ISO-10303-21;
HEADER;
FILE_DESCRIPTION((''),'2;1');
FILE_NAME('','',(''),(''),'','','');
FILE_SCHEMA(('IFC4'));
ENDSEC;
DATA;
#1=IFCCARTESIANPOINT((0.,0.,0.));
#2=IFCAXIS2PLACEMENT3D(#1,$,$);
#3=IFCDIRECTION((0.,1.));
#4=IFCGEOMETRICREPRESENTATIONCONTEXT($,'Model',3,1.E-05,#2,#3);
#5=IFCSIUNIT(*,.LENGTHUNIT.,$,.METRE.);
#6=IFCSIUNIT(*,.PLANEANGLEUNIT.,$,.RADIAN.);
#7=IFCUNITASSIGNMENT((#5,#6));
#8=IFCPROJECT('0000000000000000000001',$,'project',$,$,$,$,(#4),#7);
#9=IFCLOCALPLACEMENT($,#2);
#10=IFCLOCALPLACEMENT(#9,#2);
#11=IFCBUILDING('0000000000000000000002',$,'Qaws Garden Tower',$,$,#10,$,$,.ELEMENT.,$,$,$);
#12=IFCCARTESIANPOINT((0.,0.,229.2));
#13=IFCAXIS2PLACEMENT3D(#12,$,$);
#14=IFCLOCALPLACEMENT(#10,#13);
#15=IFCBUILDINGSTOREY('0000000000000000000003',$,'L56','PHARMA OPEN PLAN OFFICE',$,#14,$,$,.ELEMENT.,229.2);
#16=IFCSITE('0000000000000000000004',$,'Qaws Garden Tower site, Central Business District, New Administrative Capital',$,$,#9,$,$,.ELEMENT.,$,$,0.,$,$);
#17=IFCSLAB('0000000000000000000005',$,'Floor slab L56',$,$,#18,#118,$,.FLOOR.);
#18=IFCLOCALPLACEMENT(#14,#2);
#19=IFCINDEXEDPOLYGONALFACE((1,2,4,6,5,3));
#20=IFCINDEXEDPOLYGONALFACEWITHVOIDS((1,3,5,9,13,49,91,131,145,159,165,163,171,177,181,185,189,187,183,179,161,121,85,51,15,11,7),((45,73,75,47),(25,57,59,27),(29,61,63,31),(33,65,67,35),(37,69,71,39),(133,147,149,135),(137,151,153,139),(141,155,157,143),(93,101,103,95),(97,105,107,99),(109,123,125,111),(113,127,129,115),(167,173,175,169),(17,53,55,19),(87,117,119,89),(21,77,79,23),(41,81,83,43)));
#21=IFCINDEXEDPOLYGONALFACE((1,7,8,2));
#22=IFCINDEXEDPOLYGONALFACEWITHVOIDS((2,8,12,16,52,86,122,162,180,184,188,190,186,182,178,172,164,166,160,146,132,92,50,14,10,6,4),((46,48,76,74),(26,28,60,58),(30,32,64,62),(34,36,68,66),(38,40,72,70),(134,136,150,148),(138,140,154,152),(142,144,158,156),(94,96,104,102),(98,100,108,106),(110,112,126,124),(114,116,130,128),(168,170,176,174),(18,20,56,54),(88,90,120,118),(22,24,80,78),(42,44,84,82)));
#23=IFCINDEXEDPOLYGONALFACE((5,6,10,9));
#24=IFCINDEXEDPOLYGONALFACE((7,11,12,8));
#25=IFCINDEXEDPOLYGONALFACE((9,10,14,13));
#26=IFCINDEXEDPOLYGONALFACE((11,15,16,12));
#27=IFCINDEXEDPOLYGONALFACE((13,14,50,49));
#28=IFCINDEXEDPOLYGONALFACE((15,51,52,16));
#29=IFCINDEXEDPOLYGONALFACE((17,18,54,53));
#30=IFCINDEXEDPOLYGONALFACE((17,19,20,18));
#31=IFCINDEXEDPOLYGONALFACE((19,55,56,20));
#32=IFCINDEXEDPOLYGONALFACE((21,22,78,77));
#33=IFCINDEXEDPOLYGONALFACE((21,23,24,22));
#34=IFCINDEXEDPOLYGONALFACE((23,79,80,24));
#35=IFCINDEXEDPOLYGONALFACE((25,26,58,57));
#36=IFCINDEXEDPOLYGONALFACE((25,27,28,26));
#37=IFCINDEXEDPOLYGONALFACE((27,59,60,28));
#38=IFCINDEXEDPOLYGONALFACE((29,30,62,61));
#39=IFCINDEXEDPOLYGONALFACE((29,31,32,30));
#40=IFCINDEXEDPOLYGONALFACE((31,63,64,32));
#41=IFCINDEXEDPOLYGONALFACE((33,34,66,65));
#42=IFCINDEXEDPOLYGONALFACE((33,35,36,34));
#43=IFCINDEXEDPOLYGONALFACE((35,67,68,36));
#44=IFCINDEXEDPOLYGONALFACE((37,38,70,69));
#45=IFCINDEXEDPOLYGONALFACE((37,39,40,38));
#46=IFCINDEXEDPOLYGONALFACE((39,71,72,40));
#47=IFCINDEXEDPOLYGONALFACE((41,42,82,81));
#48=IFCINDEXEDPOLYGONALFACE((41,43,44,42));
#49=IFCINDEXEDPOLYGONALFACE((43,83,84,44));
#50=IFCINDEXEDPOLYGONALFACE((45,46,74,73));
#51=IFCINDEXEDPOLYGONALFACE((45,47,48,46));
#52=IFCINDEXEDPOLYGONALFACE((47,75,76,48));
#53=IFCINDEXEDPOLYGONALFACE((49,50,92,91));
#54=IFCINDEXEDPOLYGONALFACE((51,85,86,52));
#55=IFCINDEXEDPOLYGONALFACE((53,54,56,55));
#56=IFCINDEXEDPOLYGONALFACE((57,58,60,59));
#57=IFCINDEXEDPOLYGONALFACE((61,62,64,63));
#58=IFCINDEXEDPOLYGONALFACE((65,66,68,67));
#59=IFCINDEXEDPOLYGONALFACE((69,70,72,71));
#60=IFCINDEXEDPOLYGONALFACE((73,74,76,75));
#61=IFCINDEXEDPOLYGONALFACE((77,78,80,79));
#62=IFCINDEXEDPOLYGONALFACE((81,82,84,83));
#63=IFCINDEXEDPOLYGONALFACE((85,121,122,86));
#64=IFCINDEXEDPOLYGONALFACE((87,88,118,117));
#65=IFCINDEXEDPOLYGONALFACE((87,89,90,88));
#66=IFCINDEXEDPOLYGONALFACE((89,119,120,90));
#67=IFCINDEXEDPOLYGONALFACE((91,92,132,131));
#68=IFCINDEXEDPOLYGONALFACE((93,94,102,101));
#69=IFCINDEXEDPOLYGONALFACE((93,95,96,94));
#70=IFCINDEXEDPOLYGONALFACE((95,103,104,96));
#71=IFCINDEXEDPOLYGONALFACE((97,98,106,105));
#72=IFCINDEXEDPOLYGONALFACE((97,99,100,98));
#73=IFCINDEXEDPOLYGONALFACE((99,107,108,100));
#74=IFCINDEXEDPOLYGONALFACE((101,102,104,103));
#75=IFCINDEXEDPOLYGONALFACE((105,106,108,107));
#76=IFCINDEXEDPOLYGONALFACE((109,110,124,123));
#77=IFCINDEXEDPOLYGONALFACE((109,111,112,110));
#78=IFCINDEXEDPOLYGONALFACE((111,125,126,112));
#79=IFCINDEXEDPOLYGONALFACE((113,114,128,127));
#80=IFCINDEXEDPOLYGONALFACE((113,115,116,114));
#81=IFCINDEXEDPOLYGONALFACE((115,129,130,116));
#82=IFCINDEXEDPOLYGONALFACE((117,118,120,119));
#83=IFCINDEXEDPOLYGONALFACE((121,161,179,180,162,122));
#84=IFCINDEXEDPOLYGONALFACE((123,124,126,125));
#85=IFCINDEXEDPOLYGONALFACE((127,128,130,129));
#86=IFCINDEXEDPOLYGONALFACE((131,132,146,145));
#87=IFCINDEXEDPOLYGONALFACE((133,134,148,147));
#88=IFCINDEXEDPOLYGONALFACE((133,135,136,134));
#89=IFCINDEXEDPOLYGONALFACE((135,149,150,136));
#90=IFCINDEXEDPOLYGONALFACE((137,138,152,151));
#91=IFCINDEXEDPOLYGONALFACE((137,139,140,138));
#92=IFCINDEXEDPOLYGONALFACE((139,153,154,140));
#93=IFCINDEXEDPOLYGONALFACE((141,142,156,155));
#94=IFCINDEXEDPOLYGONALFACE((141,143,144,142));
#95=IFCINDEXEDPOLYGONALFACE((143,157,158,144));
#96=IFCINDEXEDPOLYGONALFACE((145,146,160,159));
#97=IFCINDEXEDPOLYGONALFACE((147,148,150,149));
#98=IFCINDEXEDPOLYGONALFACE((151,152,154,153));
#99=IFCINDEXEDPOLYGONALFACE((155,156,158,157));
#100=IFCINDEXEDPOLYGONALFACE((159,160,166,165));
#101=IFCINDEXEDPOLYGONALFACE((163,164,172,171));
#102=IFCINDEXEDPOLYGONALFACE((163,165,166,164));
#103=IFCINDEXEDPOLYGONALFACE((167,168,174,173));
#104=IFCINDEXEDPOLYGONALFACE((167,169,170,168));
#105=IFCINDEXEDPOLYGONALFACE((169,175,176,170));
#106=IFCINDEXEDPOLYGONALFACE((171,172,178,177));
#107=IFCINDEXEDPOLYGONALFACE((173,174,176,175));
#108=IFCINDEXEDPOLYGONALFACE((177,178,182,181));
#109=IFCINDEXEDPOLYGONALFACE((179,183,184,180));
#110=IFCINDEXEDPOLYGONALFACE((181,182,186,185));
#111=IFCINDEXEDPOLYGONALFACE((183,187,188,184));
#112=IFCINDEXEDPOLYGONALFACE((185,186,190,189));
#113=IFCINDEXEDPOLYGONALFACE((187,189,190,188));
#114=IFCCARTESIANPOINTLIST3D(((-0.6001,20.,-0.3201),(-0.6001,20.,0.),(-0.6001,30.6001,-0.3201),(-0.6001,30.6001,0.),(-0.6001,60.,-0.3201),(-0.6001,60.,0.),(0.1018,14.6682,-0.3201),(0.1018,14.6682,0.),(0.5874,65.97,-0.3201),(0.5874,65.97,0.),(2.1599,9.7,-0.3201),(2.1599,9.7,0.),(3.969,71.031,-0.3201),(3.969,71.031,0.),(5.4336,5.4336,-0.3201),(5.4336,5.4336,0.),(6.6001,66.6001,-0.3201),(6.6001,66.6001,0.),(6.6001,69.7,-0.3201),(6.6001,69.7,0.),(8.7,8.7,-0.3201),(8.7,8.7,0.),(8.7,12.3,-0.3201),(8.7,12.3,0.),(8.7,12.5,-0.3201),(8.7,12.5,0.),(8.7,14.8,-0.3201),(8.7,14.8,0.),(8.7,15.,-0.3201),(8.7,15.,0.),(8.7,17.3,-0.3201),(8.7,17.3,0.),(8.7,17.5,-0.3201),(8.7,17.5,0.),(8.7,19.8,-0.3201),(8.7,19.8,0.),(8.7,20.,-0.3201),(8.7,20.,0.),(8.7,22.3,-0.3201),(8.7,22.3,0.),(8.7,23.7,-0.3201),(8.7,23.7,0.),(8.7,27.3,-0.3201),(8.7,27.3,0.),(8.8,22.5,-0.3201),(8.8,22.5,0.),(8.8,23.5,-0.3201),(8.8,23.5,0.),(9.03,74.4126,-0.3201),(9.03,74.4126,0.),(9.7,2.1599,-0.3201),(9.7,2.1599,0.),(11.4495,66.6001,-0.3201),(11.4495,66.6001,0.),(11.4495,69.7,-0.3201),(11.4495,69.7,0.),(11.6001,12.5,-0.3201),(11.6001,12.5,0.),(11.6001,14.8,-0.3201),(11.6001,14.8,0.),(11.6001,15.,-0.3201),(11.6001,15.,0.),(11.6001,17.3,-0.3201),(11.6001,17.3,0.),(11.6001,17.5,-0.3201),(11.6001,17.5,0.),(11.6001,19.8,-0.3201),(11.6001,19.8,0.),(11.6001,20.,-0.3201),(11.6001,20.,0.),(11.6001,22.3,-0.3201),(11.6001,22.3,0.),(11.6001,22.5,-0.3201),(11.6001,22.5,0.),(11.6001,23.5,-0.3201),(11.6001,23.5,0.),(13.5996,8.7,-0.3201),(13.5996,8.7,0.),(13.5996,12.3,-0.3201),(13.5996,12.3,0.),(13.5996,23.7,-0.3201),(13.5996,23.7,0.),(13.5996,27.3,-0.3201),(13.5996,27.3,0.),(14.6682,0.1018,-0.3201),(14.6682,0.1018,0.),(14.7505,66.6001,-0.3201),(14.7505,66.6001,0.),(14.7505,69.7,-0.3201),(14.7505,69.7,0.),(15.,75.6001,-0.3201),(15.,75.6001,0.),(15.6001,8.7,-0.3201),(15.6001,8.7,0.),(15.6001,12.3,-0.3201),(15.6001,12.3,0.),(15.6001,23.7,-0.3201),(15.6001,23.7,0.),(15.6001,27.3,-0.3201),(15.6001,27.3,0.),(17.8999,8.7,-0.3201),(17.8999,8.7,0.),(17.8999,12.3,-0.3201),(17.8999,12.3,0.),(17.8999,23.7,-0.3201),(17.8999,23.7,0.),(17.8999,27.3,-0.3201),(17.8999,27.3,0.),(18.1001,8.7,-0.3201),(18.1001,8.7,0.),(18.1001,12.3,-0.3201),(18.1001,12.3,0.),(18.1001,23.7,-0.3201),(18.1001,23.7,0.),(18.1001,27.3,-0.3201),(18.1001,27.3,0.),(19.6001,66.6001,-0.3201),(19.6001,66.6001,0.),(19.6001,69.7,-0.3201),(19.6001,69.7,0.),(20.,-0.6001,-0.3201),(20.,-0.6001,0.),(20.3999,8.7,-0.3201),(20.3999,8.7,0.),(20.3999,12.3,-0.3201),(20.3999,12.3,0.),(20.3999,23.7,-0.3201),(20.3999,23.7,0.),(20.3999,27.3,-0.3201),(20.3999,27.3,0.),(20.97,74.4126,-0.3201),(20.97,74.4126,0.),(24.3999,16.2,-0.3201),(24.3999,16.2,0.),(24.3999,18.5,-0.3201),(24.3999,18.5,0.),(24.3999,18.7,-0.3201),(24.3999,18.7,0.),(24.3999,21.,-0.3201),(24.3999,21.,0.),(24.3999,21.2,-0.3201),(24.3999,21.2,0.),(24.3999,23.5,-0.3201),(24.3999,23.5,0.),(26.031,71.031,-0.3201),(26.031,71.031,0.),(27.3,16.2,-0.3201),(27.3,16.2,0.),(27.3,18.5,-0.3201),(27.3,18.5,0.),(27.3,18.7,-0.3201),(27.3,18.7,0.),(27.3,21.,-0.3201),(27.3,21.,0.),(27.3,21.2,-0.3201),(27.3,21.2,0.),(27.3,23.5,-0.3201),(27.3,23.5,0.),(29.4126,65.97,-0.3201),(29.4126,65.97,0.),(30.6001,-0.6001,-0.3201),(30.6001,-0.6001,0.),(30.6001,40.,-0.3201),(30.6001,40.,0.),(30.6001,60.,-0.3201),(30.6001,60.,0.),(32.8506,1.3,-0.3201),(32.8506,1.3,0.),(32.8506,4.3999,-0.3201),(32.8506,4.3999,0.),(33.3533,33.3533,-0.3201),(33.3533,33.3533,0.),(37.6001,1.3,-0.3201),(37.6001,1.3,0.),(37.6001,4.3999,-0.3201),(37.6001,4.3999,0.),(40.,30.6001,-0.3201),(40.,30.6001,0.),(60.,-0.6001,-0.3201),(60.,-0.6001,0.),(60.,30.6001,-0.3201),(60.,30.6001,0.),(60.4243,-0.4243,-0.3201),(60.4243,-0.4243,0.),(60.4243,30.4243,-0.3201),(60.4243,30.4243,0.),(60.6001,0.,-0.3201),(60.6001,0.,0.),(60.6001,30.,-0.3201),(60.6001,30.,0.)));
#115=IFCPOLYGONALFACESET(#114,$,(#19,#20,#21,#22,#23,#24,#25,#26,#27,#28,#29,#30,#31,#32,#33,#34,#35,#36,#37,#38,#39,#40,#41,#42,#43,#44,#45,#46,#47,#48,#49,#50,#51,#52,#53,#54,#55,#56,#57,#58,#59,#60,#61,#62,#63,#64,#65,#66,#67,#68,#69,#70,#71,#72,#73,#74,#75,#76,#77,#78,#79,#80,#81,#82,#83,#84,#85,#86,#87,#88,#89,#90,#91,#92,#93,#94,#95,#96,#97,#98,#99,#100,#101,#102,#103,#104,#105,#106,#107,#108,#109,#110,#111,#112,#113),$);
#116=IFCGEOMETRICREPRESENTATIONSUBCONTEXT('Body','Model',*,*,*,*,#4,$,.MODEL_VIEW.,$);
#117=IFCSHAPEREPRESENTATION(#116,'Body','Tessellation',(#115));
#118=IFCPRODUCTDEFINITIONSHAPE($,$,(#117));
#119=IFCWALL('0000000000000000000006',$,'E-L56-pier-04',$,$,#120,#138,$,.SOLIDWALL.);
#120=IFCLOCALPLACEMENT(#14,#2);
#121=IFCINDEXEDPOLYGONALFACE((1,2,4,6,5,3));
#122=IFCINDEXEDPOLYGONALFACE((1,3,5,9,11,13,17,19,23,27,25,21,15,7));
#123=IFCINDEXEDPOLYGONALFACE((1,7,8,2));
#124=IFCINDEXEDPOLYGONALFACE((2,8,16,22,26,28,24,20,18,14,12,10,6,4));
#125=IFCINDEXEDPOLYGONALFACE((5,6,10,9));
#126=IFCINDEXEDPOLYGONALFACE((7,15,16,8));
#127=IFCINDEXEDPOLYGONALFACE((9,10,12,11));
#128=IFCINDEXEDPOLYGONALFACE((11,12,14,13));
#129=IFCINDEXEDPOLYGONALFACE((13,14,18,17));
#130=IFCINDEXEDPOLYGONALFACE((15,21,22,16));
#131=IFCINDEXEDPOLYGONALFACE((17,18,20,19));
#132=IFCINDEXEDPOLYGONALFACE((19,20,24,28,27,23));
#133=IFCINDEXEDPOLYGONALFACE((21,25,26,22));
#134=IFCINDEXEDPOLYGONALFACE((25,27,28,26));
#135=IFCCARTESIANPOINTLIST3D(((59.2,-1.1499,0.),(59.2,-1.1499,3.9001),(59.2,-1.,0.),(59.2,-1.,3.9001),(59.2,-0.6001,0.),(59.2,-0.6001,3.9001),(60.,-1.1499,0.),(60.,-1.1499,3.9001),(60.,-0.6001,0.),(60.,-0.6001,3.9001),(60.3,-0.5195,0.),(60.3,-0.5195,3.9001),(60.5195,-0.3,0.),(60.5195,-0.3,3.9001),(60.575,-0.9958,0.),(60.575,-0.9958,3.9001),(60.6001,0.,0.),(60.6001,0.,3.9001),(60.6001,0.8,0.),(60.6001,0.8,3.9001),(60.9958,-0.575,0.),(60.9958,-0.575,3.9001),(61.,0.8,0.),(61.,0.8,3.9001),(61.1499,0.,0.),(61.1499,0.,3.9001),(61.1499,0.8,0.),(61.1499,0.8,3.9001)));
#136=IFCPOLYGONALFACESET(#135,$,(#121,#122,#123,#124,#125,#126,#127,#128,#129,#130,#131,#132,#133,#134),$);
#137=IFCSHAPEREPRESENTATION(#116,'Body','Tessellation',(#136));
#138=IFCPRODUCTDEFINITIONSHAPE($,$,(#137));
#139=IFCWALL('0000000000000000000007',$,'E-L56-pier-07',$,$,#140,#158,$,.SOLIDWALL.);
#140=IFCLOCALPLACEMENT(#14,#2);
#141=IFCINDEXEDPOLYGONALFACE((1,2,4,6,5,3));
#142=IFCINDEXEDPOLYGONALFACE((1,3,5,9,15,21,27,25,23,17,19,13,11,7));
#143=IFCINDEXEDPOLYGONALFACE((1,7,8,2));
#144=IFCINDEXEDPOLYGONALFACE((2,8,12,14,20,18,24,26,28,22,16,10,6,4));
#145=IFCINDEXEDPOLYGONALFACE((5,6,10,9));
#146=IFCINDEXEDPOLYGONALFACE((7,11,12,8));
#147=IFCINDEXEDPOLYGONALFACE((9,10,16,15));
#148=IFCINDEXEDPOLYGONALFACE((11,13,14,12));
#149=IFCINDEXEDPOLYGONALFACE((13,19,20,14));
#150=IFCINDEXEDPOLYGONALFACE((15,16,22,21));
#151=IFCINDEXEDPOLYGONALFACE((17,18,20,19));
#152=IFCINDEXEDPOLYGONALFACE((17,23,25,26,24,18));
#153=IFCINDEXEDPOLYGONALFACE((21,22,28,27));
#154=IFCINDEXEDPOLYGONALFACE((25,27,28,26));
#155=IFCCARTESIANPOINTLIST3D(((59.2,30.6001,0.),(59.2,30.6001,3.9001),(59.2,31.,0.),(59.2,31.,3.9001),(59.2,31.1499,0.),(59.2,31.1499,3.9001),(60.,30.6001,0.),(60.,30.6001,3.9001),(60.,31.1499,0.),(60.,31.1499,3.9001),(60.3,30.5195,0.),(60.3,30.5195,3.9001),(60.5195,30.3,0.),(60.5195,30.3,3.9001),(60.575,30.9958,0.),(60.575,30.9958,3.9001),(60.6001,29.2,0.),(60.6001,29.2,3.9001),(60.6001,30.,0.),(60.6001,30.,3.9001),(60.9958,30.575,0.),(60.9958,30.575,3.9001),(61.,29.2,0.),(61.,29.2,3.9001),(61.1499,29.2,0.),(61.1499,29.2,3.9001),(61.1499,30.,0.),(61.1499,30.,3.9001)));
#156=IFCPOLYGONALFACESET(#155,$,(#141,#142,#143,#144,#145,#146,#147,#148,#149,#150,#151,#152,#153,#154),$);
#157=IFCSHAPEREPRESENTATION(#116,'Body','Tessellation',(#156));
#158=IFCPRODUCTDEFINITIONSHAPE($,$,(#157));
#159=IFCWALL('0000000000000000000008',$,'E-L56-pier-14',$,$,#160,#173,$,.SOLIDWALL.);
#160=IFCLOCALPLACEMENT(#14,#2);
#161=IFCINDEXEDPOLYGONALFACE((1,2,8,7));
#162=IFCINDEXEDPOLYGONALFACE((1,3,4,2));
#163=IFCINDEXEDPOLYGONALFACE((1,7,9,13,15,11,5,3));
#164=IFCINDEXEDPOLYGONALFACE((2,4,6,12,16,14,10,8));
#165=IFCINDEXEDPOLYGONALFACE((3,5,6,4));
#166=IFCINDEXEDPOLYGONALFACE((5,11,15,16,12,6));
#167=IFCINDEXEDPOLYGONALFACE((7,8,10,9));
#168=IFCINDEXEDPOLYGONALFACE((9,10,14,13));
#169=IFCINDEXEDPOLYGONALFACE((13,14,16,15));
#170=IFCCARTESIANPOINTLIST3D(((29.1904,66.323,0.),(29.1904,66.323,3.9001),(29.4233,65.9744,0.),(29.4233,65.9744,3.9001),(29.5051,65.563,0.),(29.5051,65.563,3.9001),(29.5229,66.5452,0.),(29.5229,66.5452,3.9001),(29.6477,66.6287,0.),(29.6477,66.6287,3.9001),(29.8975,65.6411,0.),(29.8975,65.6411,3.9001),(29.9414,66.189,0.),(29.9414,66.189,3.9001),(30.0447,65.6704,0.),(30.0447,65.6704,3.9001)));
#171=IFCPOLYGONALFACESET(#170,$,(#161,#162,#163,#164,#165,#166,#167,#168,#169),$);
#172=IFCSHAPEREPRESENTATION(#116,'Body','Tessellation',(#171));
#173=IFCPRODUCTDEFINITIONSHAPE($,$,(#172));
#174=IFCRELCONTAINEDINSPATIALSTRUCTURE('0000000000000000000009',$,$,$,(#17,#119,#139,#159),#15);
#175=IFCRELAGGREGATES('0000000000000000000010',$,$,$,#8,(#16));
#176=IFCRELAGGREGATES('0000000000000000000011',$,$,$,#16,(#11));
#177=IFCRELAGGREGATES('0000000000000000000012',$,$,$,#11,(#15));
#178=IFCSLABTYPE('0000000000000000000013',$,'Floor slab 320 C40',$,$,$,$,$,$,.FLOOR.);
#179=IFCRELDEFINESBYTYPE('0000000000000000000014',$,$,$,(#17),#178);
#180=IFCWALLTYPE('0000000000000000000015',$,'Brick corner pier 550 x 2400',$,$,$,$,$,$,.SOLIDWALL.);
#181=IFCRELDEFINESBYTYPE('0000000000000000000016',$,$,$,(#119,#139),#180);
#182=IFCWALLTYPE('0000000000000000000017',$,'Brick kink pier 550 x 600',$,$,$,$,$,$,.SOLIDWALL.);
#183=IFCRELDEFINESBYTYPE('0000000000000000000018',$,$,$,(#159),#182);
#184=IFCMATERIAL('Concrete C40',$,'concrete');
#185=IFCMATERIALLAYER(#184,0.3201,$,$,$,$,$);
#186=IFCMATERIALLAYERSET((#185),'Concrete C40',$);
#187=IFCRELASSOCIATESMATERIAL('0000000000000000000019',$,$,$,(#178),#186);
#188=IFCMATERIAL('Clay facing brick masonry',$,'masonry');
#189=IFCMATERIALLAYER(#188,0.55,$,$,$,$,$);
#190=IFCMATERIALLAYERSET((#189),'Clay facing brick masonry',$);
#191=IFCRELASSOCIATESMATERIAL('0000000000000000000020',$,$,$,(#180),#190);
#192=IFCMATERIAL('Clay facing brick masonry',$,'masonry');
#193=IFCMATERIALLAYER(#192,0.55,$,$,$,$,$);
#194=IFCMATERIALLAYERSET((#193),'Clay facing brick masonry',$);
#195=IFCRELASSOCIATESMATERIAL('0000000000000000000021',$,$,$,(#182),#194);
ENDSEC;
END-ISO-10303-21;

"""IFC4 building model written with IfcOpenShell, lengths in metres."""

from ifc_helpers import new_model, si_unit, direction, frame, origin, place, context, subcontext, project, spatial, polyline, outline, extrude, material, layer, layer_set, type_object, element, save


model = new_model("IFC4")

# Units and contexts
model_context = context("Model", 3, precision=1e-05, world=origin(), true_north=direction((0.0, 1.0)))
body_context = subcontext(model_context, "Body", "Model", "MODEL_VIEW")
ifc_project = project(units=[si_unit("LENGTHUNIT", "METRE"), si_unit("PLANEANGLEUNIT", "RADIAN")], contexts=[model_context])

# Site, building, storey
site_placement = place(None, origin())
site = spatial("IfcSite", under=ifc_project, at=site_placement, Name="Qaws Garden Tower site, Central Business District, New Administrative Capital", CompositionType="ELEMENT", RefElevation=0.0)
building_placement = place(site_placement, origin())
building = spatial("IfcBuilding", under=site, at=building_placement, Name="Qaws Garden Tower", CompositionType="ELEMENT")
storey_placement = place(building_placement, frame((0.0, 0.0, 229.2)))
storey = spatial("IfcBuildingStorey", under=building, at=storey_placement, Name="L56", Description="PHARMA OPEN PLAN OFFICE", CompositionType="ELEMENT", Elevation=229.2)

# Slab
ifc_material_1 = material(Name="Concrete C40", Category="concrete")
ifc_layer_1 = layer(ifc_material_1, 0.3201)
ifc_layer_set_1 = layer_set([ifc_layer_1], Name="Concrete C40")
slab_type = type_object("IfcSlabType", Name="Floor slab 320 C40", PredefinedType="FLOOR", material=ifc_layer_set_1)
slab_placement = place(storey_placement, frame((0.0, 0.0, -0.3201)))
element("IfcSlab", 1, at=slab_placement, inside=storey, type_object=slab_type, Name="Floor slab L56", PredefinedType="FLOOR", context=body_context, shape_type="SweptSolid", body=[
    extrude(outline(polyline([(0.1018, 14.6682), (-0.6001, 20.0), (-0.6001, 30.6001), (-0.6001, 60.0), (-0.6001, 60.0), (0.5874, 65.97), (3.969, 71.031), (9.03, 74.4126), (15.0, 75.6001), (20.97, 74.4126), (26.031, 71.031), (29.4126, 65.97), (30.6001, 60.0), (30.6001, 40.0), (33.3533, 33.3533), (40.0, 30.6001), (60.0, 30.6001), (60.4243, 30.4243), (60.6001, 30.0), (60.6001, 0.0), (60.4243, -0.4243), (60.0, -0.6001), (30.6001, -0.6001), (20.0, -0.6001), (14.6682, 0.1018), (9.7, 2.1599), (5.4336, 5.4336), (2.1599, 9.7), (0.1018, 14.6682)]), holes=[polyline([(13.5996, 12.3), (8.7, 12.3), (8.7, 8.7), (13.5996, 8.7), (13.5996, 12.3)]), polyline([(17.8999, 12.3), (15.6001, 12.3), (15.6001, 8.7), (17.8999, 8.7), (17.8999, 12.3)]), polyline([(11.6001, 14.8), (8.7, 14.8), (8.7, 12.5), (11.6001, 12.5), (11.6001, 14.8)]), polyline([(11.6001, 17.3), (8.7, 17.3), (8.7, 15.0), (11.6001, 15.0), (11.6001, 17.3)]), polyline([(11.6001, 19.8), (8.7, 19.8), (8.7, 17.5), (11.6001, 17.5), (11.6001, 19.8)]), polyline([(11.6001, 22.3), (8.7, 22.3), (8.7, 20.0), (11.6001, 20.0), (11.6001, 22.3)]), polyline([(11.6001, 23.5), (8.8, 23.5), (8.8, 22.5), (11.6001, 22.5), (11.6001, 23.5)]), polyline([(13.5996, 27.3), (8.7, 27.3), (8.7, 23.7), (13.5996, 23.7), (13.5996, 27.3)]), polyline([(11.4495, 69.7), (6.6001, 69.7), (6.6001, 66.6001), (11.4495, 66.6001), (11.4495, 69.7)]), polyline([(37.6001, 4.3999), (32.8506, 4.3999), (32.8506, 1.3), (37.6001, 1.3), (37.6001, 4.3999)]), polyline([(20.3999, 12.3), (18.1001, 12.3), (18.1001, 8.7), (20.3999, 8.7), (20.3999, 12.3)]), polyline([(27.3, 18.5), (24.3999, 18.5), (24.3999, 16.2), (27.3, 16.2), (27.3, 18.5)]), polyline([(27.3, 21.0), (24.3999, 21.0), (24.3999, 18.7), (27.3, 18.7), (27.3, 21.0)]), polyline([(27.3, 23.5), (24.3999, 23.5), (24.3999, 21.2), (27.3, 21.2), (27.3, 23.5)]), polyline([(17.8999, 27.3), (15.6001, 27.3), (15.6001, 23.7), (17.8999, 23.7), (17.8999, 27.3)]), polyline([(20.3999, 23.7), (20.3999, 27.3), (18.1001, 27.3), (18.1001, 23.7), (20.3999, 23.7)]), polyline([(19.6001, 66.6001), (19.6001, 69.7), (14.7505, 69.7), (14.7505, 66.6001), (19.6001, 66.6001)])]), origin(), (0.0, 0.0, 1.0), 0.3201),
])

# Walls
ifc_material_2 = material(Name="Clay facing brick masonry", Category="masonry")
ifc_layer_2 = layer(ifc_material_2, 0.55)
ifc_layer_set_2 = layer_set([ifc_layer_2], Name="Clay facing brick masonry")
wall_type_1 = type_object("IfcWallType", Name="Brick corner pier 550 x 2400", PredefinedType="SOLIDWALL", material=ifc_layer_set_2)
placement = place(storey_placement, origin())
element("IfcWall", 2, at=placement, inside=storey, type_object=wall_type_1, Name="E-L56-pier-04", PredefinedType="SOLIDWALL", context=body_context, shape_type="SweptSolid", body=[
    extrude(outline(polyline([(59.2, -1.0), (59.2, -1.1499), (60.0, -1.1499), (60.575, -0.9958), (60.9958, -0.575), (61.1499, 0.0), (61.1499, 0.8), (61.0, 0.8), (60.6001, 0.8), (60.6001, 0.0), (60.5195, -0.3), (60.3, -0.5195), (60.0, -0.6001), (59.2, -0.6001), (59.2, -1.0)])), origin(), (0.0, 0.0, 1.0), 3.9001),
])
element("IfcWall", 3, at=placement, inside=storey, type_object=wall_type_1, Name="E-L56-pier-07", PredefinedType="SOLIDWALL", context=body_context, shape_type="SweptSolid", body=[
    extrude(outline(polyline([(61.0, 29.2), (61.1499, 29.2), (61.1499, 30.0), (60.9958, 30.575), (60.575, 30.9958), (60.0, 31.1499), (59.2, 31.1499), (59.2, 31.0), (59.2, 30.6001), (60.0, 30.6001), (60.3, 30.5195), (60.5195, 30.3), (60.6001, 30.0), (60.6001, 29.2), (61.0, 29.2)])), origin(), (0.0, 0.0, 1.0), 3.9001),
])
ifc_material_3 = material(Name="Clay facing brick masonry", Category="masonry")
ifc_layer_3 = layer(ifc_material_3, 0.55)
ifc_layer_set_3 = layer_set([ifc_layer_3], Name="Clay facing brick masonry")
wall_type_2 = type_object("IfcWallType", Name="Brick kink pier 550 x 600", PredefinedType="SOLIDWALL", material=ifc_layer_set_3)
element("IfcWall", 4, at=placement, inside=storey, type_object=wall_type_2, Name="E-L56-pier-14", PredefinedType="SOLIDWALL", context=body_context, shape_type="SweptSolid", body=[
    extrude(outline(polyline([(29.8975, 65.6411), (30.0447, 65.6704), (29.9414, 66.189), (29.6477, 66.6287), (29.5229, 66.5452), (29.1904, 66.323), (29.4233, 65.9744), (29.5051, 65.563), (29.8975, 65.6411)])), origin(), (0.0, 0.0, 1.0), 3.9001),
])

save(model, "model.ifc")
